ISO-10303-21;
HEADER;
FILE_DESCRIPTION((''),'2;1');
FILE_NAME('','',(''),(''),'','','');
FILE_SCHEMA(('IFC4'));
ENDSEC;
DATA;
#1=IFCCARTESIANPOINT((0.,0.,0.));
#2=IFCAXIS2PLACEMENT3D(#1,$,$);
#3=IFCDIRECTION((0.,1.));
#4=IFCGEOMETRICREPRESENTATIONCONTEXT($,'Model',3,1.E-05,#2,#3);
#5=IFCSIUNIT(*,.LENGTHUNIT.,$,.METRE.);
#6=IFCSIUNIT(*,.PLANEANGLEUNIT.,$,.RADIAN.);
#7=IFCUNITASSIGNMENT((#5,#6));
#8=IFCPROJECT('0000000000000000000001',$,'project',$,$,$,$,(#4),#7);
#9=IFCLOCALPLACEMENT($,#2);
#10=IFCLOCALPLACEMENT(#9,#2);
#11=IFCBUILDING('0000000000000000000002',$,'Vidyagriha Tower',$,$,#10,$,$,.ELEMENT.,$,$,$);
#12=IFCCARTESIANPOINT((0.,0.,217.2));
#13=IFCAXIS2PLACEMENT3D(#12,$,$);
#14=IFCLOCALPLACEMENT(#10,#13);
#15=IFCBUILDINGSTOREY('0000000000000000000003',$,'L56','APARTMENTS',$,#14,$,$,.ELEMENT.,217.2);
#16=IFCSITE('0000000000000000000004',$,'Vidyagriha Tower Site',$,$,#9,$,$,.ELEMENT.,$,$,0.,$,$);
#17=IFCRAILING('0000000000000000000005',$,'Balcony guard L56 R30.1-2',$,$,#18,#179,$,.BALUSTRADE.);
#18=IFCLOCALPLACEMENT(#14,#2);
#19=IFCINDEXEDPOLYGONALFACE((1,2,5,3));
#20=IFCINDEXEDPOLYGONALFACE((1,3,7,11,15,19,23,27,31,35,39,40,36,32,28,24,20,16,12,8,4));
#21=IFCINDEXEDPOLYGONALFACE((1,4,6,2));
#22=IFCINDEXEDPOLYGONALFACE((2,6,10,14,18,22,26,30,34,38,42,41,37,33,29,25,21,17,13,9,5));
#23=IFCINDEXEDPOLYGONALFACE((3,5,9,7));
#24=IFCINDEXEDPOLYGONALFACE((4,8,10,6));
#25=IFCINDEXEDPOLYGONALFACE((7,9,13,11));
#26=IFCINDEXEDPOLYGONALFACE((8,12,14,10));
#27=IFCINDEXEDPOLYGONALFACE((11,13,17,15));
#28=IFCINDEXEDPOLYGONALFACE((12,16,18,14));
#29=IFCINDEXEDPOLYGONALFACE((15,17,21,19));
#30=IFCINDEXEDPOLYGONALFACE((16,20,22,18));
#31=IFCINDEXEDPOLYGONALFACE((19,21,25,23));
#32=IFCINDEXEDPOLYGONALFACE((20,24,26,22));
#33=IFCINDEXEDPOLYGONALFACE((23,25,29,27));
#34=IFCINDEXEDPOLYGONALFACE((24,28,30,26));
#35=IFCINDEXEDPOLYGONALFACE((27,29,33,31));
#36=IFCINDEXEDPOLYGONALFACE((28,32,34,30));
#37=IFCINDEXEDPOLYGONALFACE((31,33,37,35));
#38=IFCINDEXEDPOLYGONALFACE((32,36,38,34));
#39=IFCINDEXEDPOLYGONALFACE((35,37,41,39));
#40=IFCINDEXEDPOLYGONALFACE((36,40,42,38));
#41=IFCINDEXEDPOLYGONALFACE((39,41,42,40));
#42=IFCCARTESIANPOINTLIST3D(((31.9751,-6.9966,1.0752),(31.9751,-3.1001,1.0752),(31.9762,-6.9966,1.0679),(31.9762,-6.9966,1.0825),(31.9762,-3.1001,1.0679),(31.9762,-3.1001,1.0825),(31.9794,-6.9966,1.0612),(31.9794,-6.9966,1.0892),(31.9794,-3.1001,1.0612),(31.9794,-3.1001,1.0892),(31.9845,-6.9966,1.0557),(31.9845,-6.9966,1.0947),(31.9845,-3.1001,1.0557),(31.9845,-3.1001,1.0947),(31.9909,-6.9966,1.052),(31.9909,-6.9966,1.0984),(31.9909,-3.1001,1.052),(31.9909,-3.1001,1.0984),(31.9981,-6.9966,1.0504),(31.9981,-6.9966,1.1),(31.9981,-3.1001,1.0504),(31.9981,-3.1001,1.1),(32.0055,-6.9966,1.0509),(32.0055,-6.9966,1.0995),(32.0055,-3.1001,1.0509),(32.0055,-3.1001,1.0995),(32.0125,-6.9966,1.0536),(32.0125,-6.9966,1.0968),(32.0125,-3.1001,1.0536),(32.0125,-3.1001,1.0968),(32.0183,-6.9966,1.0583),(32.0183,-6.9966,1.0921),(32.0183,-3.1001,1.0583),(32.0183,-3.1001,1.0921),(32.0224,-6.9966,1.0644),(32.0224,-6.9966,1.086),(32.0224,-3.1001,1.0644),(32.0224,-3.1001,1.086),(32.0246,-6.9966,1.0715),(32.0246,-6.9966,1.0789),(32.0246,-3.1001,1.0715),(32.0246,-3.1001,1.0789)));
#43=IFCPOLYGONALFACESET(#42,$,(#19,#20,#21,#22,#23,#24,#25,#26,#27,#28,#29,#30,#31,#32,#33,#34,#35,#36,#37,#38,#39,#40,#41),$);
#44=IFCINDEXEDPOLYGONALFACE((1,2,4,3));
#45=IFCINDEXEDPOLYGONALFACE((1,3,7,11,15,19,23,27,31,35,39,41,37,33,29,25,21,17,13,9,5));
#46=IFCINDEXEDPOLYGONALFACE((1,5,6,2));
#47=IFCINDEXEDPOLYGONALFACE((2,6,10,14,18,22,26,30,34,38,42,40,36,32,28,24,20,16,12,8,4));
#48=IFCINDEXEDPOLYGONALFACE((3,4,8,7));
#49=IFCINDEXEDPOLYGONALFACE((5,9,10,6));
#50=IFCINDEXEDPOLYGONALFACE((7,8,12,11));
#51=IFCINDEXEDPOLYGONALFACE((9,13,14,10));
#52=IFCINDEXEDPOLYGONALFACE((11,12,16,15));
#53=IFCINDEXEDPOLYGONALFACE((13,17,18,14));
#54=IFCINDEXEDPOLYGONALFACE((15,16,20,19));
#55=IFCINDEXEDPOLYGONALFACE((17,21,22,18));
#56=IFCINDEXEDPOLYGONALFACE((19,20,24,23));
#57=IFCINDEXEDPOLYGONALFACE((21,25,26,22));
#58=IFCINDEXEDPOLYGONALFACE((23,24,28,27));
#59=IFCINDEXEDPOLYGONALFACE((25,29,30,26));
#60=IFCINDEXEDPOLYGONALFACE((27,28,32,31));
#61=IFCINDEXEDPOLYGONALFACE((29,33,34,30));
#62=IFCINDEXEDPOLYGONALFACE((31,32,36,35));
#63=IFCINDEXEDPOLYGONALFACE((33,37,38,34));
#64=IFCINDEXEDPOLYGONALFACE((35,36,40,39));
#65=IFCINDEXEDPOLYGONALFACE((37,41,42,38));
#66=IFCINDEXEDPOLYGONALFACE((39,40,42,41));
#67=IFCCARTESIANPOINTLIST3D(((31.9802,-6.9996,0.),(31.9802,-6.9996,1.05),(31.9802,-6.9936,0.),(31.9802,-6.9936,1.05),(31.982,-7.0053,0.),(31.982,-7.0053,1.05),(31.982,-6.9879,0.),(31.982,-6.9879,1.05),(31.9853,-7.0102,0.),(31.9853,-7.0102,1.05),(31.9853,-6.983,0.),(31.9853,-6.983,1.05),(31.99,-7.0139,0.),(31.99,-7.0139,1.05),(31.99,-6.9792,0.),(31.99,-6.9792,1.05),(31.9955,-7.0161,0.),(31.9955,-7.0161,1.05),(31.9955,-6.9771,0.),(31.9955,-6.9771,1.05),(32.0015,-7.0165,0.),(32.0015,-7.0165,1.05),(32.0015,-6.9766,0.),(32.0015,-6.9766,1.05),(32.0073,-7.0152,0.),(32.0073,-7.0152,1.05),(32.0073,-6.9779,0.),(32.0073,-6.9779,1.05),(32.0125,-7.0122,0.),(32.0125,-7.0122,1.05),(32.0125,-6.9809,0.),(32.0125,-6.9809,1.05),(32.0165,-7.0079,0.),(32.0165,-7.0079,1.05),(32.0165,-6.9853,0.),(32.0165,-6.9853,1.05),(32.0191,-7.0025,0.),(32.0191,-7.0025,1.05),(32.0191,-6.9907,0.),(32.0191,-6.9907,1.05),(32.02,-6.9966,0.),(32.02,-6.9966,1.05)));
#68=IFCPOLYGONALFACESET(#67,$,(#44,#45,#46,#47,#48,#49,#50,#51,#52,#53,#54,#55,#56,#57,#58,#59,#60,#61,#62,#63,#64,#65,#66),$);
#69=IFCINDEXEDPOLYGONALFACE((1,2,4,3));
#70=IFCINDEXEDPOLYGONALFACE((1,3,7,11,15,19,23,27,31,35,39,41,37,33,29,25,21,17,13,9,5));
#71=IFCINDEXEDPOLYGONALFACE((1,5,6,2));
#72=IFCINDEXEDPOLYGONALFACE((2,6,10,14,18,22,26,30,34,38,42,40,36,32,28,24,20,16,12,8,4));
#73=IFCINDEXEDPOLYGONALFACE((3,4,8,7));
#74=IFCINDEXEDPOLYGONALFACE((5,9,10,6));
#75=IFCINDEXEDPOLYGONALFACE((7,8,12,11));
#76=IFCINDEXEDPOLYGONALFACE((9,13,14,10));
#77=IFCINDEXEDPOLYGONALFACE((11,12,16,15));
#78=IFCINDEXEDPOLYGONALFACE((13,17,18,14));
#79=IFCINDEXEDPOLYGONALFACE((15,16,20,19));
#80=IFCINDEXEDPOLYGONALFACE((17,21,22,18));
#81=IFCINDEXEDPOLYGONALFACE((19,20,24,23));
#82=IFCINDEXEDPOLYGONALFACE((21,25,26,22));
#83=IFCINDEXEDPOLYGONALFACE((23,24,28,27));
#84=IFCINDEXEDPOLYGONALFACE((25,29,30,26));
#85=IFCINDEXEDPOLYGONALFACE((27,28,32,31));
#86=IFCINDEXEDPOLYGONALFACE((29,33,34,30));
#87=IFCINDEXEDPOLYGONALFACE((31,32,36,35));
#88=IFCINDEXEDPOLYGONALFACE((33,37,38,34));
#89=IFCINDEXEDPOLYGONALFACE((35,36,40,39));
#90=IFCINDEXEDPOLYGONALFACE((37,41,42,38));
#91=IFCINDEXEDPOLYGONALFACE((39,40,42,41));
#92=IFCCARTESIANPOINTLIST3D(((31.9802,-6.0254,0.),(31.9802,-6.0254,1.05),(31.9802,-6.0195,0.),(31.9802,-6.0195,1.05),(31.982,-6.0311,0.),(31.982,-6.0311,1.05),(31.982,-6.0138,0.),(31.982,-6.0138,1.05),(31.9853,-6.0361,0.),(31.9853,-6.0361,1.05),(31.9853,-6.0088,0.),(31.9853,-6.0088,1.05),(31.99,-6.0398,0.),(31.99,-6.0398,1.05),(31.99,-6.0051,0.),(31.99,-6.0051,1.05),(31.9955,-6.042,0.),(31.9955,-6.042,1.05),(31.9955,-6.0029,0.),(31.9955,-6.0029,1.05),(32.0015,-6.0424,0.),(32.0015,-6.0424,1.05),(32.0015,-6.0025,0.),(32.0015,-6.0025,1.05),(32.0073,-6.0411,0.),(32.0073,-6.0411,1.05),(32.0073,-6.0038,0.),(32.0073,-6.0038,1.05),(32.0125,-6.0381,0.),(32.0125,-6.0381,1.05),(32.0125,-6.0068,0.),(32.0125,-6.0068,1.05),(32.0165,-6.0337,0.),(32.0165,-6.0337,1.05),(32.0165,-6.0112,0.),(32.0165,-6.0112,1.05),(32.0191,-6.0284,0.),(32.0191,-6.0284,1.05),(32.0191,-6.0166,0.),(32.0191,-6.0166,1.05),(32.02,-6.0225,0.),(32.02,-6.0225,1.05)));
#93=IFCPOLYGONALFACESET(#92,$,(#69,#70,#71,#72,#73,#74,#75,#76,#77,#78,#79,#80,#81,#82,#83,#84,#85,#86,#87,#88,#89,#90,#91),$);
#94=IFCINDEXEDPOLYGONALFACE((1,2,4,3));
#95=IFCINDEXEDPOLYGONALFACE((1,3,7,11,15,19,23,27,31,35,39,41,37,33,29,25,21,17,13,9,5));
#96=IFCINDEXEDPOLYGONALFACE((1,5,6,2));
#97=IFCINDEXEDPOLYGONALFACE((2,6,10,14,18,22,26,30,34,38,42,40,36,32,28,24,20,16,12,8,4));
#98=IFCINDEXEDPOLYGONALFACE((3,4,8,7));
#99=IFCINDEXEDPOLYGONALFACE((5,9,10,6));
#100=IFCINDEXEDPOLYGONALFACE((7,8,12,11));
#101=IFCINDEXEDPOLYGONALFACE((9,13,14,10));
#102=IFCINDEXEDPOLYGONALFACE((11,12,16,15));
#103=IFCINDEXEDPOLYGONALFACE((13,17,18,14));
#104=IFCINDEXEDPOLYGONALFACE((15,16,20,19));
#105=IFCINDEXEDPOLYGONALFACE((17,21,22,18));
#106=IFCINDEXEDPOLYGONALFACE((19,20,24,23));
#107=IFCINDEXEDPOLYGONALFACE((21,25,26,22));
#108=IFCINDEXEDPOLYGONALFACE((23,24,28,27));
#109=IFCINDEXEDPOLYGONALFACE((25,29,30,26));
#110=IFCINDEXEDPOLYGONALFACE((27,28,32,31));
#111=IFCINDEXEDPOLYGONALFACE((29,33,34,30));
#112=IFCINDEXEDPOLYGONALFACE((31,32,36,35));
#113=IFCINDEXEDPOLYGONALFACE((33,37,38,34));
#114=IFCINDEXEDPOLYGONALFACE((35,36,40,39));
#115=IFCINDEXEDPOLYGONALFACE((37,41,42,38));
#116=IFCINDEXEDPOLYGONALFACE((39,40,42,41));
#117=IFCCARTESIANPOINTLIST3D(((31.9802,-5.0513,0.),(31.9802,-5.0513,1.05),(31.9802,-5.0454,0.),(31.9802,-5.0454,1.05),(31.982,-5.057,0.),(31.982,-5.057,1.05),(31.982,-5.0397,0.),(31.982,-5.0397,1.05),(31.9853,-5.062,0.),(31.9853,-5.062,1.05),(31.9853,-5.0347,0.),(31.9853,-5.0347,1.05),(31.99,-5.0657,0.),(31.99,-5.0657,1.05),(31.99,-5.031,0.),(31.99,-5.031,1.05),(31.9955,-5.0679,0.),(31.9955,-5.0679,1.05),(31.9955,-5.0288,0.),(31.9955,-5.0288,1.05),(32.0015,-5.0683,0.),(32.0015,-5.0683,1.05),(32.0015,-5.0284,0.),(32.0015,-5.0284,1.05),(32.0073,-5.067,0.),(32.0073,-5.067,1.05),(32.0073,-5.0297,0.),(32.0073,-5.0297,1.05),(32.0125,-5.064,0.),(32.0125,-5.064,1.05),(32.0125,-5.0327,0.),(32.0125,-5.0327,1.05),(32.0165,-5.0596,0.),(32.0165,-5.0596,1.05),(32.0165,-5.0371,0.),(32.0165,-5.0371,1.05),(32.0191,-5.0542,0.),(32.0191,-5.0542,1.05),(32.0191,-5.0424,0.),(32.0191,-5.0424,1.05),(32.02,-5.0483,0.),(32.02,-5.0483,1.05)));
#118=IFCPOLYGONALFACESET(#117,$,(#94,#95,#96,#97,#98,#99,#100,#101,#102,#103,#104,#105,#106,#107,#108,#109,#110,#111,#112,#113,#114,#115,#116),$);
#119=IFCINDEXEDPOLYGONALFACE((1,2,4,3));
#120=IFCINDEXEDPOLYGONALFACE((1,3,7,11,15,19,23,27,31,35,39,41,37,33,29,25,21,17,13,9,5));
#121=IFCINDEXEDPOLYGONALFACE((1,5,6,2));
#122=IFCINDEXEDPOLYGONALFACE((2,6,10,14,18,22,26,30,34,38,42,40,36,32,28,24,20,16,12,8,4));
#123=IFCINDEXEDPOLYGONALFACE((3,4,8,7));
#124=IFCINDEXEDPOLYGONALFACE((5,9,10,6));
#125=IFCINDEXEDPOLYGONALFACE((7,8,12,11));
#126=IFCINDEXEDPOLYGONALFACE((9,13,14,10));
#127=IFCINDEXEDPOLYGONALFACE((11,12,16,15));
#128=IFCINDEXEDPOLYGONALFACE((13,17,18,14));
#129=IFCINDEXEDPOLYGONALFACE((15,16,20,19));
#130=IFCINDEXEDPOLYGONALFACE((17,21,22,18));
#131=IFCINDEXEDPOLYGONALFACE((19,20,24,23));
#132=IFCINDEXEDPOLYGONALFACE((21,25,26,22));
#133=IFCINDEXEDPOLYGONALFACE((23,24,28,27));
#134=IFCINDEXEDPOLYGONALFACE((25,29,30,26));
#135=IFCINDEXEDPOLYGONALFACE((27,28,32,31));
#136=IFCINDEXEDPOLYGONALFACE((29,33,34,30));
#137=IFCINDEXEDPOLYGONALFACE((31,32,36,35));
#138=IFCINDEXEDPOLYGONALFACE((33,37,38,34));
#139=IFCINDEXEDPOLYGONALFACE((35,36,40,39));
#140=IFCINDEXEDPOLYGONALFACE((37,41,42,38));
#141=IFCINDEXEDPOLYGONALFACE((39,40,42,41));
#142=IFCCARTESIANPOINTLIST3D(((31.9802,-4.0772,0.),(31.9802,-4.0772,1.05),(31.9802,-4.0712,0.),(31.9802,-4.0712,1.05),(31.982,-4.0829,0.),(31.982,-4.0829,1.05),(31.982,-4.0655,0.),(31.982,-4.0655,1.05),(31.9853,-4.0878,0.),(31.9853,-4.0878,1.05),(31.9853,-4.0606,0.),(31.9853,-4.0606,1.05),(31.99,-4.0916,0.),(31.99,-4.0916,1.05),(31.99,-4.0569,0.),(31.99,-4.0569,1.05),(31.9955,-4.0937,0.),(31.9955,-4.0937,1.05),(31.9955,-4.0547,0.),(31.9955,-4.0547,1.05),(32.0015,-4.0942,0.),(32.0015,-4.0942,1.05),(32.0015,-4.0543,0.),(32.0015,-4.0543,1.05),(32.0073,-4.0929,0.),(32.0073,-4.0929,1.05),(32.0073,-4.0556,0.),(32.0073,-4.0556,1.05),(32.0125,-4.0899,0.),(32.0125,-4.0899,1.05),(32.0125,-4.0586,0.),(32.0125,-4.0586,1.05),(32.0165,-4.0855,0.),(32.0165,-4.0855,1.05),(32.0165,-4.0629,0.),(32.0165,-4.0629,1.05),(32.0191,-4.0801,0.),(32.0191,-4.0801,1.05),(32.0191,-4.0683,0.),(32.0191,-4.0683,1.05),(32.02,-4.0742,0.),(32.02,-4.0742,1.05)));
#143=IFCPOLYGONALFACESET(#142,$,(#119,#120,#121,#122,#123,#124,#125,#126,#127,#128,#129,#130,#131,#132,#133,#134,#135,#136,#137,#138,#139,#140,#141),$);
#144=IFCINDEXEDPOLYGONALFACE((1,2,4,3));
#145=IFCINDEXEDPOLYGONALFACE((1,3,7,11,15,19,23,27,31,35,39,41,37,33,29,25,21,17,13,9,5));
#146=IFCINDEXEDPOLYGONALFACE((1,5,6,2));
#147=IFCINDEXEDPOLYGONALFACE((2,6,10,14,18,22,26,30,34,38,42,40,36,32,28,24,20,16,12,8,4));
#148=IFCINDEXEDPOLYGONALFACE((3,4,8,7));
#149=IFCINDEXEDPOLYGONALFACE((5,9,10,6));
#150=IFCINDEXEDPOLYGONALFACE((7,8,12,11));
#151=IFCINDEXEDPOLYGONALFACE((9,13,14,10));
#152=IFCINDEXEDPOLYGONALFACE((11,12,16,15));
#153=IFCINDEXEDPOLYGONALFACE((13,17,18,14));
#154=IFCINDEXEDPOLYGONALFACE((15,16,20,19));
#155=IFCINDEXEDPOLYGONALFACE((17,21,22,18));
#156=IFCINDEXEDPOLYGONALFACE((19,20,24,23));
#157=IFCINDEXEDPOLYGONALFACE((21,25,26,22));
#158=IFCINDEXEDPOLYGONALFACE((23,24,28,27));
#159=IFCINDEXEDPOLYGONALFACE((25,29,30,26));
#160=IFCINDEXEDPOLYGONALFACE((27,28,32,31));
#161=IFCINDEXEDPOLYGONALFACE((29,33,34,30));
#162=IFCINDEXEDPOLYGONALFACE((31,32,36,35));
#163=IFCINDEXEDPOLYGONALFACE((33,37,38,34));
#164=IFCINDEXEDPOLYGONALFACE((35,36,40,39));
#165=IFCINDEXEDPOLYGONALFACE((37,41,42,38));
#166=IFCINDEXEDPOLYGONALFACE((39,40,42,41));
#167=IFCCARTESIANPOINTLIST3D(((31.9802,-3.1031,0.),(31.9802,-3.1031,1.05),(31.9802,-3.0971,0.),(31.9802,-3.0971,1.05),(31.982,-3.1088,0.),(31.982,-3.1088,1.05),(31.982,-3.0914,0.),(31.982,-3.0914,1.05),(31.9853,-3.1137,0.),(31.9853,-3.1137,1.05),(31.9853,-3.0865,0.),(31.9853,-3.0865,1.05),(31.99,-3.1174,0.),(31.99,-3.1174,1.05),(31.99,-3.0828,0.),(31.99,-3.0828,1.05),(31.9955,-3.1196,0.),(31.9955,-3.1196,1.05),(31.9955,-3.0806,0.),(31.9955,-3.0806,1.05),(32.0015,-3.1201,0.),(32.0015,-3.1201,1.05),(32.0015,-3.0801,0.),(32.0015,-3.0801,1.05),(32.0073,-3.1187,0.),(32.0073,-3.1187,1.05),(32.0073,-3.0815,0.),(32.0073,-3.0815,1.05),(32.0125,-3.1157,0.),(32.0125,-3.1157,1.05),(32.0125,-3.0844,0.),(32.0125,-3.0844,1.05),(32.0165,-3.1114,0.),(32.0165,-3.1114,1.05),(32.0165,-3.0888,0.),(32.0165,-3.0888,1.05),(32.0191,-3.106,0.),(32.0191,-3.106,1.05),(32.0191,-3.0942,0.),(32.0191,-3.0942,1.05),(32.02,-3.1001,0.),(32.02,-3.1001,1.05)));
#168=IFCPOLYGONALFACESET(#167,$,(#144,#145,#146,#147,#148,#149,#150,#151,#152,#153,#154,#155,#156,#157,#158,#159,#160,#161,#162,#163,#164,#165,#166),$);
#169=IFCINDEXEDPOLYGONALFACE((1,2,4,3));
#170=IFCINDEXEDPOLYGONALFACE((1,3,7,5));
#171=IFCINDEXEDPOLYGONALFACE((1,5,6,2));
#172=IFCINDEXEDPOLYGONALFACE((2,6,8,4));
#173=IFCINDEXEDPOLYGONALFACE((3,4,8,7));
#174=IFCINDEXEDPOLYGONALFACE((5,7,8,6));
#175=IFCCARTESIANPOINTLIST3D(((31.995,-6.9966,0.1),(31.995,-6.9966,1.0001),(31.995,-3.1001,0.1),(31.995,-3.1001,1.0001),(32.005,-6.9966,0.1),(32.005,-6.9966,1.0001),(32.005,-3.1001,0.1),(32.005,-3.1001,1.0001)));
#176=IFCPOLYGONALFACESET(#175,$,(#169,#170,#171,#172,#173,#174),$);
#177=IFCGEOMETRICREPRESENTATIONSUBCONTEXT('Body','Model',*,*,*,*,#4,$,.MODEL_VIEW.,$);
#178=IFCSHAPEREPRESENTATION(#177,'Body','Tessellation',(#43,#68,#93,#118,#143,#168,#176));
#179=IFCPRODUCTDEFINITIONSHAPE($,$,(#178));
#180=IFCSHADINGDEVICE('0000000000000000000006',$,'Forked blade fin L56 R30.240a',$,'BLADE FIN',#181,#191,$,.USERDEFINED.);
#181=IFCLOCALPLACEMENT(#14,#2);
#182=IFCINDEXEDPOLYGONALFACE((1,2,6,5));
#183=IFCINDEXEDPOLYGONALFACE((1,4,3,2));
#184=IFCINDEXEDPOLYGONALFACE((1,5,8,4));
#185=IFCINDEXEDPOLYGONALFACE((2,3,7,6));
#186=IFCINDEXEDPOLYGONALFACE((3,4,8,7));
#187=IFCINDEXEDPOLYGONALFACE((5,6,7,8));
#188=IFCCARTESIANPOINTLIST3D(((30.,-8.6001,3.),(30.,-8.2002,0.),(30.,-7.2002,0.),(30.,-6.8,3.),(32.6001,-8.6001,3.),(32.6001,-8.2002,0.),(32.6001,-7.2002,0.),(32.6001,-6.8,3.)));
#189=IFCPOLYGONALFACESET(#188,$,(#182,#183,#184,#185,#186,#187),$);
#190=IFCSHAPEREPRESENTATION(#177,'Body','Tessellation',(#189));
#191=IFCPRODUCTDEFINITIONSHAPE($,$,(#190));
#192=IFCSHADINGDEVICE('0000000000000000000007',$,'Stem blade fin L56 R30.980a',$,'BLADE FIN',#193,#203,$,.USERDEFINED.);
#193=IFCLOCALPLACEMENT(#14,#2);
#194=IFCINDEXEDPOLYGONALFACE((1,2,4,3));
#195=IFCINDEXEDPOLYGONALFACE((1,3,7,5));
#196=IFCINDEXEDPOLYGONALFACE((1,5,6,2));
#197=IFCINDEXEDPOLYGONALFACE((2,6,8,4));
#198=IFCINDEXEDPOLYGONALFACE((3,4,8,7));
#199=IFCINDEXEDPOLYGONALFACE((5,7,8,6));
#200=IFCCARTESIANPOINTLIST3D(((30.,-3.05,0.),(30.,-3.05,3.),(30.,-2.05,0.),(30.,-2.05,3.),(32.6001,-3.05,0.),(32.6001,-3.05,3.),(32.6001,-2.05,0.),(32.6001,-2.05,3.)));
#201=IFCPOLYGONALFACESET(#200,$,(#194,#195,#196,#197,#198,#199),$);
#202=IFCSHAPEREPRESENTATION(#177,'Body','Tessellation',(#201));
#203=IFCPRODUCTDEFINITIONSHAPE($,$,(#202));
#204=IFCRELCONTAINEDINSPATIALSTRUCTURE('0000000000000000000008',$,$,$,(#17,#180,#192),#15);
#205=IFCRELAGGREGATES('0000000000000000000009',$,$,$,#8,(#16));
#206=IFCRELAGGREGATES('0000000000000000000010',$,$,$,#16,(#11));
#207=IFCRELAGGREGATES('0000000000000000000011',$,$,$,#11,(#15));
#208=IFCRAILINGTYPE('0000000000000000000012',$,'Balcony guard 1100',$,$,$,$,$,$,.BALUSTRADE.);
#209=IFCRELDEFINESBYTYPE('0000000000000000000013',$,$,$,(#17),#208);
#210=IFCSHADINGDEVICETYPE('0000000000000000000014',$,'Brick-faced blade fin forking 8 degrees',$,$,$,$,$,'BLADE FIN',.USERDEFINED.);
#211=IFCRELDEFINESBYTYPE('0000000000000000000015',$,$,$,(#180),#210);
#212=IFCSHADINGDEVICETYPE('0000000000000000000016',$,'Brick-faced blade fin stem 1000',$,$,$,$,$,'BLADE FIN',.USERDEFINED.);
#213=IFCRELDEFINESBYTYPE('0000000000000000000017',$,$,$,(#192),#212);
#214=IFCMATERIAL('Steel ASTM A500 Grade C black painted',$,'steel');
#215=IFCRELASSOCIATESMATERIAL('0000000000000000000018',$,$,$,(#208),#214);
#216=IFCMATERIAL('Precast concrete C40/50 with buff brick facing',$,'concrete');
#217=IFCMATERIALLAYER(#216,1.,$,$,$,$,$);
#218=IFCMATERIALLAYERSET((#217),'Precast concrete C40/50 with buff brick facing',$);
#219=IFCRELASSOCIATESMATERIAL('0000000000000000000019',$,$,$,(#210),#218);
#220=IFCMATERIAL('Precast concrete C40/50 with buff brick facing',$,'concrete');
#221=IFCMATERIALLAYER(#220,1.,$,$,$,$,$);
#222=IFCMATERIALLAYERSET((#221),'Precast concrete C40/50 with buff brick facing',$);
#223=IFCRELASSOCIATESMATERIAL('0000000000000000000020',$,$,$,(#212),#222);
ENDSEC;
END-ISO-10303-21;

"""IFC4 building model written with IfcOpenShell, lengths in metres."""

from ifc_helpers import new_model, si_unit, direction, frame, origin, origin_2d, place, context, subcontext, project, spatial, polyline, rectangle, circle, outline, extrude, material, layer, layer_set, type_object, element, save


model = new_model("IFC4")

# Units and contexts
model_context = context("Model", 3, precision=1e-05, world=origin(), true_north=direction((0.0, 1.0)))
body_context = subcontext(model_context, "Body", "Model", "MODEL_VIEW")
ifc_project = project(units=[si_unit("LENGTHUNIT", "METRE"), si_unit("PLANEANGLEUNIT", "RADIAN")], contexts=[model_context])

# Site, building, storey
site_placement = place(None, origin())
site = spatial("IfcSite", under=ifc_project, at=site_placement, Name="Vidyagriha Tower Site", CompositionType="ELEMENT", RefElevation=0.0)
building_placement = place(site_placement, origin())
building = spatial("IfcBuilding", under=site, at=building_placement, Name="Vidyagriha Tower", CompositionType="ELEMENT")
storey_placement = place(building_placement, frame((0.0, 0.0, 217.2)))
storey = spatial("IfcBuildingStorey", under=building, at=storey_placement, Name="L56", Description="APARTMENTS", CompositionType="ELEMENT", Elevation=217.2)

# Railing
ifc_material_1 = material(Name="Steel ASTM A500 Grade C black painted", Category="steel")
railing_type_1 = type_object("IfcRailingType", Name="Balcony guard 1100", PredefinedType="BALUSTRADE", material=ifc_material_1)
railing_1_placement = place(storey_placement, frame((32.0, -6.9966, 0.0)))
element("IfcRailing", 1, at=railing_1_placement, inside=storey, type_object=railing_type_1, Name="Balcony guard L56 R30.1-2", PredefinedType="BALUSTRADE", context=body_context, shape_type="SweptSolid", body=[
    extrude(circle(Radius=0.0249, at=origin_2d()), frame((0.0, 0.0, 1.0752), z_axis=(0.0, 1.0, 0.0), x_axis=(-1.0, 0.0, 0.0)), (0.0, 0.0, 1.0), 3.8965),
    extrude(circle(Radius=0.02, at=origin_2d()), origin(), (0.0, 0.0, 1.0), 1.05),
    extrude(circle(Radius=0.02, at=origin_2d()), frame((0.0, 0.9741, 0.0)), (0.0, 0.0, 1.0), 1.05),
    extrude(circle(Radius=0.02, at=origin_2d()), frame((0.0, 1.9482, 0.0)), (0.0, 0.0, 1.0), 1.05),
    extrude(circle(Radius=0.02, at=origin_2d()), frame((0.0, 2.9224, 0.0)), (0.0, 0.0, 1.0), 1.05),
    extrude(circle(Radius=0.02, at=origin_2d()), frame((0.0, 3.8965, 0.0)), (0.0, 0.0, 1.0), 1.05),
    extrude(rectangle(XDim=0.01, YDim=0.9001, at=origin_2d()), frame((0.0, 0.0, 0.55), z_axis=(0.0, 1.0, 0.0), x_axis=(-1.0, 0.0, 0.0)), (0.0, 0.0, 1.0), 3.8965),
])

# Shading devices
ifc_material_2 = material(Name="Precast concrete C40/50 with buff brick facing", Category="concrete")
ifc_layer_1 = layer(ifc_material_2, 1.0)
ifc_layer_set_1 = layer_set([ifc_layer_1], Name="Precast concrete C40/50 with buff brick facing")
shading_device_type_1 = type_object("IfcShadingDeviceType", Name="Brick-faced blade fin forking 8 degrees", ElementType="BLADE FIN", PredefinedType="USERDEFINED", material=ifc_layer_set_1)
shading_device_1_placement = place(storey_placement, frame((31.3, -8.6001, 0.0), z_axis=(0.0, 0.0, 1.0), x_axis=(0.0, 1.0, 0.0)))
element("IfcShadingDevice", 2, at=shading_device_1_placement, inside=storey, type_object=shading_device_type_1, Name="Forked blade fin L56 R30.240a", ObjectType="BLADE FIN", PredefinedType="USERDEFINED", context=body_context, shape_type="SweptSolid", body=[
    extrude(outline(polyline([(0.3999, 0.0), (1.3999, 0.0), (1.8, 3.0), (0.0, 3.0), (0.3999, 0.0)])), frame((0.0, 1.3, 0.0), z_axis=(0.0, -1.0, 0.0), x_axis=(1.0, 0.0, 0.0)), (0.0, 0.0, 1.0), 2.6001),
])
ifc_material_3 = material(Name="Precast concrete C40/50 with buff brick facing", Category="concrete")
ifc_layer_2 = layer(ifc_material_3, 1.0)
ifc_layer_set_2 = layer_set([ifc_layer_2], Name="Precast concrete C40/50 with buff brick facing")
shading_device_type_2 = type_object("IfcShadingDeviceType", Name="Brick-faced blade fin stem 1000", ElementType="BLADE FIN", PredefinedType="USERDEFINED", material=ifc_layer_set_2)
shading_device_2_placement = place(storey_placement, frame((31.3, -3.05, 0.0), z_axis=(0.0, 0.0, 1.0), x_axis=(0.0, 1.0, 0.0)))
element("IfcShadingDevice", 3, at=shading_device_2_placement, inside=storey, type_object=shading_device_type_2, Name="Stem blade fin L56 R30.980a", ObjectType="BLADE FIN", PredefinedType="USERDEFINED", context=body_context, shape_type="SweptSolid", body=[
    extrude(outline(polyline([(0.0, 0.0), (1.0, 0.0), (1.0, 3.0), (0.0, 3.0), (0.0, 0.0)])), frame((0.0, 1.3, 0.0), z_axis=(0.0, -1.0, 0.0), x_axis=(1.0, 0.0, 0.0)), (0.0, 0.0, 1.0), 2.6001),
])

save(model, "model.ifc")
